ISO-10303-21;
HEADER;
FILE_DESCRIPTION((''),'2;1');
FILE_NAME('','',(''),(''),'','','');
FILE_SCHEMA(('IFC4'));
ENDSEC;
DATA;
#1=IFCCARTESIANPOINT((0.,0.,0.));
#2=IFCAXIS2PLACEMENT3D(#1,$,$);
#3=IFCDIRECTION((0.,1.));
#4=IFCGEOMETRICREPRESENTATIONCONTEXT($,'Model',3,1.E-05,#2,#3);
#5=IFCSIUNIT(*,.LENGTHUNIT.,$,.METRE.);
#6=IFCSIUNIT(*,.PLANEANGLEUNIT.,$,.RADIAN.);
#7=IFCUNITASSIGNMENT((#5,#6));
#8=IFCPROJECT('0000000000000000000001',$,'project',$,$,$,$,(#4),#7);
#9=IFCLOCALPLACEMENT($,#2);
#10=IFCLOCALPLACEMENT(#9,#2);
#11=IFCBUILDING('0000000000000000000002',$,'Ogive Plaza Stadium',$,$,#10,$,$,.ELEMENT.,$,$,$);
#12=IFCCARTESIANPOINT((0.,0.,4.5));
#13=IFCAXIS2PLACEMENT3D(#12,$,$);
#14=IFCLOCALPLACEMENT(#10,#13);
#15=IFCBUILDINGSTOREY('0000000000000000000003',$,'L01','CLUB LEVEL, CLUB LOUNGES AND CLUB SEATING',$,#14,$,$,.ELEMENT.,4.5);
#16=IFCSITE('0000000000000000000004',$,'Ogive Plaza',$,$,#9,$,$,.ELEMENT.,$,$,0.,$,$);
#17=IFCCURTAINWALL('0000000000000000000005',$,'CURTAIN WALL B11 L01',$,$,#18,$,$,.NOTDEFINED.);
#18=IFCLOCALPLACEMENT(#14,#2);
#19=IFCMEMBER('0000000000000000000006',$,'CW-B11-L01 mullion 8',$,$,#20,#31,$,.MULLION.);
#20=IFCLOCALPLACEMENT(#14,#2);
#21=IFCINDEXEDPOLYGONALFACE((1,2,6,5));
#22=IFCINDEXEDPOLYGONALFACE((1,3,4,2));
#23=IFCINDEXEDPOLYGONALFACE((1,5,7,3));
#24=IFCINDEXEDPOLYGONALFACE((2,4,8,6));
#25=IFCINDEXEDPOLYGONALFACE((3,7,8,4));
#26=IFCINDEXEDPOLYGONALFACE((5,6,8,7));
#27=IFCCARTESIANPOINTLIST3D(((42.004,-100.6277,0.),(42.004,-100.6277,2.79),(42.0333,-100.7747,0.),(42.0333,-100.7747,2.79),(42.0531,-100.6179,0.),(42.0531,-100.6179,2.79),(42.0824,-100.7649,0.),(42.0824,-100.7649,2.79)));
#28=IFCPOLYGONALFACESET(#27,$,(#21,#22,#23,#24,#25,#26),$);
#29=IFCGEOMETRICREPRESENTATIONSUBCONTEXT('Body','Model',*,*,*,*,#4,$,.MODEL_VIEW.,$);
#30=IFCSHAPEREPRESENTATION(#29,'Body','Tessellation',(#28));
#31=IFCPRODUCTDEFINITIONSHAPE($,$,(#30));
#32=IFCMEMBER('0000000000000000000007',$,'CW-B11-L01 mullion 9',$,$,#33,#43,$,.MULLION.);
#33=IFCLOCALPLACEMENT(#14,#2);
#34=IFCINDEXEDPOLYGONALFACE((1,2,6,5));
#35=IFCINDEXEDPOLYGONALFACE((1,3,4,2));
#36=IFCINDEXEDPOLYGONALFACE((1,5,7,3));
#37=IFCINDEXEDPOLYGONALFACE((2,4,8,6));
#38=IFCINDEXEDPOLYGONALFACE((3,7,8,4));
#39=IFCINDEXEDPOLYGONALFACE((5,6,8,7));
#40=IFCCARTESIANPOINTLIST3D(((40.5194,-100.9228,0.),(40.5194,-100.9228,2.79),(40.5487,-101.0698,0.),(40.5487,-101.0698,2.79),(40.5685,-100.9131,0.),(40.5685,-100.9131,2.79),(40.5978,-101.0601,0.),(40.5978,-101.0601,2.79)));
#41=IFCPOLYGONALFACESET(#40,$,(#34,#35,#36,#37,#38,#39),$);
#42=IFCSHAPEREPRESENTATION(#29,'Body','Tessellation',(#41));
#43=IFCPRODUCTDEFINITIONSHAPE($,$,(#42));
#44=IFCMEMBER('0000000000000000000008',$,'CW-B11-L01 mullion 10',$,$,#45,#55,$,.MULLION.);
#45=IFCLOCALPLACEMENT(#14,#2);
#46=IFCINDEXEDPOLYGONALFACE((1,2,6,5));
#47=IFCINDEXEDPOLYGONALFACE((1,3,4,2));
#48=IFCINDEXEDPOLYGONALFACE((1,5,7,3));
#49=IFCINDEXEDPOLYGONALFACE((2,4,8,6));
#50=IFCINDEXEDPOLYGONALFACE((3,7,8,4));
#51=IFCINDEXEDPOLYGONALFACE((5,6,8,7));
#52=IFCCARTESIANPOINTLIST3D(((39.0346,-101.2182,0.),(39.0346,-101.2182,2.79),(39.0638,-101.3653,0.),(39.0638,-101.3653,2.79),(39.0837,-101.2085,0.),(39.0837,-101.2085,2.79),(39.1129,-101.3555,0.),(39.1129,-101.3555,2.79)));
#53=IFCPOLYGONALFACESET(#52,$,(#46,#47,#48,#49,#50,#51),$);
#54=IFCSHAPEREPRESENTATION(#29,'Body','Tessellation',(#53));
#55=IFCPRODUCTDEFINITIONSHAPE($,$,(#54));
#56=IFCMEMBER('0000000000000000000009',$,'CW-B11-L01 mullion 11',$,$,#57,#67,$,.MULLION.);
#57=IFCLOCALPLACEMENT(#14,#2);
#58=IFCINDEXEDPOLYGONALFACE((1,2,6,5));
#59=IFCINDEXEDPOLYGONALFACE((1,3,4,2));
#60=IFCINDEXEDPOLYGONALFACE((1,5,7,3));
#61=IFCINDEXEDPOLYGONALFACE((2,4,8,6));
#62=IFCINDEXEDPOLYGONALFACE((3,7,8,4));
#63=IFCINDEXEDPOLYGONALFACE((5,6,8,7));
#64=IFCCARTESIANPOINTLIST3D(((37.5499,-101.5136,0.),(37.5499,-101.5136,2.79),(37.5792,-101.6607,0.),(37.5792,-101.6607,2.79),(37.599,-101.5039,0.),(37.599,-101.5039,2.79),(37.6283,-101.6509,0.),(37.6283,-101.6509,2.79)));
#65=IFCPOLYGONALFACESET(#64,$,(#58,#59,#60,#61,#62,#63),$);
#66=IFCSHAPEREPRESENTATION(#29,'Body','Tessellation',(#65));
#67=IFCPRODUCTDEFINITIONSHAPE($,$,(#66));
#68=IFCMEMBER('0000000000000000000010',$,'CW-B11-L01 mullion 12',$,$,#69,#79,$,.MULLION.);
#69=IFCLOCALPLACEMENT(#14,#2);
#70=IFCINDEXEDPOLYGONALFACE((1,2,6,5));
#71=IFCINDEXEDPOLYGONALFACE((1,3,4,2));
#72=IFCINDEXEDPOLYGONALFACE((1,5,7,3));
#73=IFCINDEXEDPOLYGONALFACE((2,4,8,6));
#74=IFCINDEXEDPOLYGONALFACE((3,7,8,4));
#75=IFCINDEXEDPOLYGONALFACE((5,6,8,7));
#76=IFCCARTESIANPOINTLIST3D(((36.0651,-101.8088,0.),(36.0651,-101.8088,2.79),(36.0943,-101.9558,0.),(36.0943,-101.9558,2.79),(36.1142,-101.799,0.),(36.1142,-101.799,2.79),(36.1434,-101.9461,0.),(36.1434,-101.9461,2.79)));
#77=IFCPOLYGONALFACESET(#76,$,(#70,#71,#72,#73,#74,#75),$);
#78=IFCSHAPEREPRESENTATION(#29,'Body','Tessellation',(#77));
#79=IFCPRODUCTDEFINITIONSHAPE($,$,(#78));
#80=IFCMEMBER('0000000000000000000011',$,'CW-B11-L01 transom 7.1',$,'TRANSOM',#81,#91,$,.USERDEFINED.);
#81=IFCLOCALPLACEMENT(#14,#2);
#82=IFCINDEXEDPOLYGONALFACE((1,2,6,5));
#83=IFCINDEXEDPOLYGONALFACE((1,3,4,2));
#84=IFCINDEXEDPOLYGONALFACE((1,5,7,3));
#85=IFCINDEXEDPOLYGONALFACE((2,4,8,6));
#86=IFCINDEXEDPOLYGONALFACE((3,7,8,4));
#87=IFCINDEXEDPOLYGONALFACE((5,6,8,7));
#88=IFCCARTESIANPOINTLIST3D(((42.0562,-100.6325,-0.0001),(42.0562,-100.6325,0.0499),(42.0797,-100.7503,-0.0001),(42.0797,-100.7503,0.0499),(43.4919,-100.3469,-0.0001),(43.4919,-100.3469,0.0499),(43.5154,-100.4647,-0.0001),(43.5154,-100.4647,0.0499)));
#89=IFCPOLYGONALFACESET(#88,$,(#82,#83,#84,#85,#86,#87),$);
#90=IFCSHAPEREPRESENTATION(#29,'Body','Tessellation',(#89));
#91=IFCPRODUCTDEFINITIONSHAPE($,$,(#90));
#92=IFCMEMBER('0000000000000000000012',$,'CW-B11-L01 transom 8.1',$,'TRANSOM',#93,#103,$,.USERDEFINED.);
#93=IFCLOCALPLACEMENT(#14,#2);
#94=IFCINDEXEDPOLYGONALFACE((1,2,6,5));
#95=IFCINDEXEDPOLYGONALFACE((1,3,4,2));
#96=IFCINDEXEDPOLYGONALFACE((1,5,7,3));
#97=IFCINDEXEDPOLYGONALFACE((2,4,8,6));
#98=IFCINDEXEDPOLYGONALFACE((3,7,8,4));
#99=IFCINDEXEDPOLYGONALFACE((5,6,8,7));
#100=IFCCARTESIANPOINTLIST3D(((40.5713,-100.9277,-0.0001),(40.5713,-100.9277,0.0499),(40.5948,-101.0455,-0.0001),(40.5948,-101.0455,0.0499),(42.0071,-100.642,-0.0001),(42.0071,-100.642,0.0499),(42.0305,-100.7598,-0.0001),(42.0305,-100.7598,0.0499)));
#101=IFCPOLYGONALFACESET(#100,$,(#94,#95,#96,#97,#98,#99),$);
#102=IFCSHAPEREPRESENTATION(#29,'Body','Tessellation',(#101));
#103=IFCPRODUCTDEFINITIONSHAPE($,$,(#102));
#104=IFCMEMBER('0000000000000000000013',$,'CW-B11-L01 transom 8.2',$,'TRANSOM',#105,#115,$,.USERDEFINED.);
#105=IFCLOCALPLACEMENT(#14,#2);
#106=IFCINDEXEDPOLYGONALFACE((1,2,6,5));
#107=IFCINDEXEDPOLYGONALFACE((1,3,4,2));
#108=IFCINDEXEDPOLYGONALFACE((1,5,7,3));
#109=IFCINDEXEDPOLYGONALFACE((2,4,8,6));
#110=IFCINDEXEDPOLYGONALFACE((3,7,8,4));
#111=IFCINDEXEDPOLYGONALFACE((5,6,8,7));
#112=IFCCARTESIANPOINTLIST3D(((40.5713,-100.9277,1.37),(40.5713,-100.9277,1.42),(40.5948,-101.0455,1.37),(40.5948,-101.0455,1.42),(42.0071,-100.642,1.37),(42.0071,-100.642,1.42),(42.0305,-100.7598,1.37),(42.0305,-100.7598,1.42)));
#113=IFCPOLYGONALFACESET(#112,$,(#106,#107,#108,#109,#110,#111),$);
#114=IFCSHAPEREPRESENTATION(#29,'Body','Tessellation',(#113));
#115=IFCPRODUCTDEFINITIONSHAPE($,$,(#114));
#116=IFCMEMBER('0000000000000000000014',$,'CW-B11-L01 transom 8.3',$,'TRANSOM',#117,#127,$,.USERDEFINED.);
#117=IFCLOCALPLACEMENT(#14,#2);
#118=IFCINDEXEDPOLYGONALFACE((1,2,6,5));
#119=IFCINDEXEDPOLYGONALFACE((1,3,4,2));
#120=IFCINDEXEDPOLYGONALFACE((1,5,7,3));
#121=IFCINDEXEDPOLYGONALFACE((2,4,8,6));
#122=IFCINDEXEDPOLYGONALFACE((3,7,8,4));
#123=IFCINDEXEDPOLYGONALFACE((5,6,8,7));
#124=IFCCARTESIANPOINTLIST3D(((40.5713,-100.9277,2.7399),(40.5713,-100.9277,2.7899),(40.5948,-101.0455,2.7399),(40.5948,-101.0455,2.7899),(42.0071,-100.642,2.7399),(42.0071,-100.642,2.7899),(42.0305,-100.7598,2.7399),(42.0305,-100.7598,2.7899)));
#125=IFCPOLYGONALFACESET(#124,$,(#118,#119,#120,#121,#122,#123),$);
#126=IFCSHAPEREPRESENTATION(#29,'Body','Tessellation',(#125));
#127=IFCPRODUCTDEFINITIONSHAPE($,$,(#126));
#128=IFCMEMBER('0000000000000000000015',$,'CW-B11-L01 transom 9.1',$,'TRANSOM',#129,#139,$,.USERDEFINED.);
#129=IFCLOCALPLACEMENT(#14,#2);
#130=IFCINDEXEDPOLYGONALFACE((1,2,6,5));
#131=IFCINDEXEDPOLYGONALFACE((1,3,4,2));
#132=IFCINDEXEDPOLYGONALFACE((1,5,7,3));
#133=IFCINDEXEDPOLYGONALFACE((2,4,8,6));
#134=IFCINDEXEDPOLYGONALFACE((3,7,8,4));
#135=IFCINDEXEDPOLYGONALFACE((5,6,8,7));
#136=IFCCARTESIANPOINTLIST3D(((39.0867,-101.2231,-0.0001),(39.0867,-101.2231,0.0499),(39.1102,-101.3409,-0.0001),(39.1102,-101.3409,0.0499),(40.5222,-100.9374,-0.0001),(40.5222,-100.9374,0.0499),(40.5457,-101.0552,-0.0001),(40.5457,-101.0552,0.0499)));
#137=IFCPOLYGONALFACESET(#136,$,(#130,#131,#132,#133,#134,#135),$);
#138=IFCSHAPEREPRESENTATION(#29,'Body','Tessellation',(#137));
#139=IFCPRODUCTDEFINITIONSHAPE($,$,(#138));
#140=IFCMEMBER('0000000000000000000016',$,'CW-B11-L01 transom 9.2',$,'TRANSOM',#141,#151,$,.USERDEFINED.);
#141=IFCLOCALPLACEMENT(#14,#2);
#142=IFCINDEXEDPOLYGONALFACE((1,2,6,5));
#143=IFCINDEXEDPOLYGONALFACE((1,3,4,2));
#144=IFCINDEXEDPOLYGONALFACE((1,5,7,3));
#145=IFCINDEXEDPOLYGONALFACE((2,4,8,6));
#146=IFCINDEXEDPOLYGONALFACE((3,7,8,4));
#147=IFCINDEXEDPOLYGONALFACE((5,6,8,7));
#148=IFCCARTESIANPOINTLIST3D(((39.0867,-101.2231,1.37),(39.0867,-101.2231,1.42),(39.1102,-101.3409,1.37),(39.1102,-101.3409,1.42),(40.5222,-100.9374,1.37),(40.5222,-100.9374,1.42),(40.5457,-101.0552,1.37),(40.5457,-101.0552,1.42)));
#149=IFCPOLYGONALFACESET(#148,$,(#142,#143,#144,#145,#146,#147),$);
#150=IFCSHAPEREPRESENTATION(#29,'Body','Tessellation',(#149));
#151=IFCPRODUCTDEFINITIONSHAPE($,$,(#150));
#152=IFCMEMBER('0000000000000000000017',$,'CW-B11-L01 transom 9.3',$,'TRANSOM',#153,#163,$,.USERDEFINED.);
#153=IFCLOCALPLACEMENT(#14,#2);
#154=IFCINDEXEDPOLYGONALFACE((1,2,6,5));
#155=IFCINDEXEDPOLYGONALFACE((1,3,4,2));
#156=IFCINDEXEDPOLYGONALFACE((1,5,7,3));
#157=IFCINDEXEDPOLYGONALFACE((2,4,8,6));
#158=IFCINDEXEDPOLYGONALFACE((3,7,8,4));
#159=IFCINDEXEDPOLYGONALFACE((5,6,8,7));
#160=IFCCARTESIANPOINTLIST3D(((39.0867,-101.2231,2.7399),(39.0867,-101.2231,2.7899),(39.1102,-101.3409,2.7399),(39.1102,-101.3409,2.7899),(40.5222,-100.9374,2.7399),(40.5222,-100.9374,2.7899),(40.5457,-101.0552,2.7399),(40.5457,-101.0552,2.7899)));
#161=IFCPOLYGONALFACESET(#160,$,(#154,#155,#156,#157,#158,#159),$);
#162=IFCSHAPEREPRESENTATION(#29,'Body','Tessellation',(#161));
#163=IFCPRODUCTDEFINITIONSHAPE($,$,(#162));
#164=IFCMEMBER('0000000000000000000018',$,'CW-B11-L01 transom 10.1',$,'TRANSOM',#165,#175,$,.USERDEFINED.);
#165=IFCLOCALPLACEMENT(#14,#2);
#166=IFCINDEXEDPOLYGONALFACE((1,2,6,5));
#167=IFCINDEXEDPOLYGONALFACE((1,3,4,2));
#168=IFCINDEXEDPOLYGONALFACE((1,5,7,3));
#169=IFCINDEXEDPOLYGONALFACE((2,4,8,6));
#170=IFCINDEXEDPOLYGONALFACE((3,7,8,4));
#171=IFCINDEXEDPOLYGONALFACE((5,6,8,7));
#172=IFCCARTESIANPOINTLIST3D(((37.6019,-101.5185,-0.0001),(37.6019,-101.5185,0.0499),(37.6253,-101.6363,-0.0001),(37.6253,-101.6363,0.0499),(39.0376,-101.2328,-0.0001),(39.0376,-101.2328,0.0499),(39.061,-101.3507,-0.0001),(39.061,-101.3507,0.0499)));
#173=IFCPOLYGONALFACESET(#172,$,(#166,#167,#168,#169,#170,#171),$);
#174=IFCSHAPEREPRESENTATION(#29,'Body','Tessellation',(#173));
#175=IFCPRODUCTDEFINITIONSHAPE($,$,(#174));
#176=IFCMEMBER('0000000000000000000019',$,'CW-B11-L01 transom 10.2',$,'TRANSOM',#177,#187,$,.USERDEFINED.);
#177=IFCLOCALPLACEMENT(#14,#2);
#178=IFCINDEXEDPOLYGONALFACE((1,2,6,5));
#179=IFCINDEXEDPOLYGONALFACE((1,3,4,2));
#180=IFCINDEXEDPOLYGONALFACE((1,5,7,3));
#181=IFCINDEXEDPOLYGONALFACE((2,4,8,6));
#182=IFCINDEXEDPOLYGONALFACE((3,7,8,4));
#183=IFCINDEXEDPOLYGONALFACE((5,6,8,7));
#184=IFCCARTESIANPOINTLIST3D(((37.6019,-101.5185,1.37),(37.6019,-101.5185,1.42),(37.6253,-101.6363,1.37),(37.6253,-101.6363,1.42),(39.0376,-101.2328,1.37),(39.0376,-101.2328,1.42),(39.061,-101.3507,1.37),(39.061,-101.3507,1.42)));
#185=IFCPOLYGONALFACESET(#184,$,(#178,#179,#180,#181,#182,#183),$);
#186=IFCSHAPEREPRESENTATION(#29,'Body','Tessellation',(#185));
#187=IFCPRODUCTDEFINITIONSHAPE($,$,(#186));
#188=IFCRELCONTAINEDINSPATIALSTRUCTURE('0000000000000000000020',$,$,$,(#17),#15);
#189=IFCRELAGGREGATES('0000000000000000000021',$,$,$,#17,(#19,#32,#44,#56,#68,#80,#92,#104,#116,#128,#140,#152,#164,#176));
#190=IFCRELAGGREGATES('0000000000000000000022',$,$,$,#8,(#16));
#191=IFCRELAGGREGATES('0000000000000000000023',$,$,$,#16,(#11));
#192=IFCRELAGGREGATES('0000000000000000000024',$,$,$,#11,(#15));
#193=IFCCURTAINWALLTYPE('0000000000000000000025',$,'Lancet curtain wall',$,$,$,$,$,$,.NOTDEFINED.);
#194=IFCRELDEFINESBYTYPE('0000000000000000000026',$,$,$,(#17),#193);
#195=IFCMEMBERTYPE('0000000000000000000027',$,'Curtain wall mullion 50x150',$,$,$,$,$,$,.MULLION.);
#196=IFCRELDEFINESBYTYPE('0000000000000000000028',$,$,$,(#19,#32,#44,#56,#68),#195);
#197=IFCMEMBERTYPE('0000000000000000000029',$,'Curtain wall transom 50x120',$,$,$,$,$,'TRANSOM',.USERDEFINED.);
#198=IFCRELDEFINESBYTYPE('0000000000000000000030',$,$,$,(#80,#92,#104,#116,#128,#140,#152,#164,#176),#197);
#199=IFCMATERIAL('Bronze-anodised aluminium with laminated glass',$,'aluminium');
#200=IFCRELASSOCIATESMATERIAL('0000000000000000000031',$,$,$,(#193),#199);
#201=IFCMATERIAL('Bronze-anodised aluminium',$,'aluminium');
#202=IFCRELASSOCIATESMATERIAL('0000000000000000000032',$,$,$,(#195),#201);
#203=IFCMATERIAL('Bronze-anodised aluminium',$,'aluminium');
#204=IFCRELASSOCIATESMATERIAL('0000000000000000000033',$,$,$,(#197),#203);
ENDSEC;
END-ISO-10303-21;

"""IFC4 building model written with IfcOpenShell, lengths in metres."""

from ifc_helpers import new_model, si_unit, direction, frame, origin, origin_2d, place, context, subcontext, project, spatial, rectangle, extrude, material, material_profile, profile_set, type_object, element, aggregate, save


model = new_model("IFC4")

# Units and contexts
model_context = context("Model", 3, precision=1e-05, world=origin(), true_north=direction((0.0, 1.0)))
body_context = subcontext(model_context, "Body", "Model", "MODEL_VIEW")
ifc_project = project(units=[si_unit("LENGTHUNIT", "METRE"), si_unit("PLANEANGLEUNIT", "RADIAN")], contexts=[model_context])

# Site, building, storey
site_placement = place(None, origin())
site = spatial("IfcSite", under=ifc_project, at=site_placement, Name="Ogive Plaza", CompositionType="ELEMENT", RefElevation=0.0)
building_placement = place(site_placement, origin())
building = spatial("IfcBuilding", under=site, at=building_placement, Name="Ogive Plaza Stadium", CompositionType="ELEMENT")
storey_placement = place(building_placement, frame((0.0, 0.0, 4.5)))
storey = spatial("IfcBuildingStorey", under=building, at=storey_placement, Name="L01", Description="CLUB LEVEL, CLUB LOUNGES AND CLUB SEATING", CompositionType="ELEMENT", Elevation=4.5)

# Curtain wall, members
ifc_material_1 = material(Name="Bronze-anodised aluminium with laminated glass", Category="aluminium")
curtain_wall_type = type_object("IfcCurtainWallType", Name="Lancet curtain wall", PredefinedType="NOTDEFINED", material=ifc_material_1)
curtain_wall_placement = place(storey_placement, origin())
curtain_wall = element("IfcCurtainWall", 1, at=curtain_wall_placement, inside=storey, type_object=curtain_wall_type, Name="CURTAIN WALL B11 L01", PredefinedType="NOTDEFINED")
ifc_material_2 = material(Name="Bronze-anodised aluminium", Category="aluminium")
ifc_material_profile_1 = material_profile(ifc_material_2, rectangle(XDim=0.1499, YDim=0.05, at=origin_2d()), Name="AL 150x50")
ifc_profile_set_1 = profile_set([ifc_material_profile_1], Name="Bronze-anodised aluminium")
member_type_1 = type_object("IfcMemberType", Name="Curtain wall mullion 50x150", PredefinedType="MULLION", material=ifc_profile_set_1)
member_1_placement = place(storey_placement, frame((42.0432, -100.6963, 0.0), z_axis=(0.0, 0.0, 1.0), x_axis=(0.19509, -0.980785, 0.0)))
member_1 = element("IfcMember", 2, at=member_1_placement, type_object=member_type_1, Name="CW-B11-L01 mullion 8", PredefinedType="MULLION", context=body_context, shape_type="SweptSolid", body=[
    extrude(rectangle(XDim=0.1499, YDim=0.05, at=origin_2d()), origin(), (0.0, 0.0, 1.0), 2.79),
])
member_2_placement = place(storey_placement, frame((40.5586, -100.9915, 0.0), z_axis=(0.0, 0.0, 1.0), x_axis=(0.19509, -0.980785, 0.0)))
member_2 = element("IfcMember", 3, at=member_2_placement, type_object=member_type_1, Name="CW-B11-L01 mullion 9", PredefinedType="MULLION", context=body_context, shape_type="SweptSolid", body=[
    extrude(rectangle(XDim=0.1499, YDim=0.05, at=origin_2d()), origin(), (0.0, 0.0, 1.0), 2.79),
])
member_3_placement = place(storey_placement, frame((39.0737, -101.2869, 0.0), z_axis=(0.0, 0.0, 1.0), x_axis=(0.19509, -0.980785, 0.0)))
member_3 = element("IfcMember", 4, at=member_3_placement, type_object=member_type_1, Name="CW-B11-L01 mullion 10", PredefinedType="MULLION", context=body_context, shape_type="SweptSolid", body=[
    extrude(rectangle(XDim=0.1499, YDim=0.05, at=origin_2d()), origin(), (0.0, 0.0, 1.0), 2.79),
])
member_4_placement = place(storey_placement, frame((37.5891, -101.5823, 0.0), z_axis=(0.0, 0.0, 1.0), x_axis=(0.19509, -0.980785, 0.0)))
member_4 = element("IfcMember", 5, at=member_4_placement, type_object=member_type_1, Name="CW-B11-L01 mullion 11", PredefinedType="MULLION", context=body_context, shape_type="SweptSolid", body=[
    extrude(rectangle(XDim=0.1499, YDim=0.05, at=origin_2d()), origin(), (0.0, 0.0, 1.0), 2.79),
])
member_5_placement = place(storey_placement, frame((36.1042, -101.8774, 0.0), z_axis=(0.0, 0.0, 1.0), x_axis=(0.19509, -0.980785, 0.0)))
member_5 = element("IfcMember", 6, at=member_5_placement, type_object=member_type_1, Name="CW-B11-L01 mullion 12", PredefinedType="MULLION", context=body_context, shape_type="SweptSolid", body=[
    extrude(rectangle(XDim=0.1499, YDim=0.05, at=origin_2d()), origin(), (0.0, 0.0, 1.0), 2.79),
])
ifc_material_3 = material(Name="Bronze-anodised aluminium", Category="aluminium")
ifc_material_profile_2 = material_profile(ifc_material_3, rectangle(XDim=0.1201, YDim=0.05, at=origin_2d()), Name="AL 120x50")
ifc_profile_set_2 = profile_set([ifc_material_profile_2], Name="Bronze-anodised aluminium")
member_type_2 = type_object("IfcMemberType", Name="Curtain wall transom 50x120", ElementType="TRANSOM", PredefinedType="USERDEFINED", material=ifc_profile_set_2)
member_6_placement = place(storey_placement, frame((43.5037, -100.4058, 0.0249), z_axis=(-0.980779, -0.195122, 0.0), x_axis=(0.195122, -0.980779, 0.0)))
member_6 = element("IfcMember", 7, at=member_6_placement, type_object=member_type_2, Name="CW-B11-L01 transom 7.1", ObjectType="TRANSOM", PredefinedType="USERDEFINED", context=body_context, shape_type="SweptSolid", body=[
    extrude(rectangle(XDim=0.1201, YDim=0.05, at=origin_2d()), origin(), (0.0, 0.0, 1.0), 1.4639),
])
member_7_placement = place(storey_placement, frame((42.0188, -100.7009, 0.0249), z_axis=(-0.980779, -0.195122, 0.0), x_axis=(0.195122, -0.980779, 0.0)))
member_7 = element("IfcMember", 8, at=member_7_placement, type_object=member_type_2, Name="CW-B11-L01 transom 8.1", ObjectType="TRANSOM", PredefinedType="USERDEFINED", context=body_context, shape_type="SweptSolid", body=[
    extrude(rectangle(XDim=0.1201, YDim=0.05, at=origin_2d()), origin(), (0.0, 0.0, 1.0), 1.4639),
])
member_8_placement = place(storey_placement, frame((42.0188, -100.7009, 1.395), z_axis=(-0.980779, -0.195122, 0.0), x_axis=(0.195122, -0.980779, 0.0)))
member_8 = element("IfcMember", 9, at=member_8_placement, type_object=member_type_2, Name="CW-B11-L01 transom 8.2", ObjectType="TRANSOM", PredefinedType="USERDEFINED", context=body_context, shape_type="SweptSolid", body=[
    extrude(rectangle(XDim=0.1201, YDim=0.05, at=origin_2d()), origin(), (0.0, 0.0, 1.0), 1.4639),
])
member_9_placement = place(storey_placement, frame((42.0188, -100.7009, 2.7649), z_axis=(-0.980779, -0.195122, 0.0), x_axis=(0.195122, -0.980779, 0.0)))
member_9 = element("IfcMember", 10, at=member_9_placement, type_object=member_type_2, Name="CW-B11-L01 transom 8.3", ObjectType="TRANSOM", PredefinedType="USERDEFINED", context=body_context, shape_type="SweptSolid", body=[
    extrude(rectangle(XDim=0.1201, YDim=0.05, at=origin_2d()), origin(), (0.0, 0.0, 1.0), 1.4639),
])
member_10_placement = place(storey_placement, frame((40.5339, -100.9963, 0.0249), z_axis=(-0.980773, -0.195154, 0.0), x_axis=(0.195154, -0.980773, 0.0)))
member_10 = element("IfcMember", 11, at=member_10_placement, type_object=member_type_2, Name="CW-B11-L01 transom 9.1", ObjectType="TRANSOM", PredefinedType="USERDEFINED", context=body_context, shape_type="SweptSolid", body=[
    extrude(rectangle(XDim=0.1201, YDim=0.05, at=origin_2d()), origin(), (0.0, 0.0, 1.0), 1.4636),
])
member_11_placement = place(storey_placement, frame((40.5339, -100.9963, 1.395), z_axis=(-0.980773, -0.195154, 0.0), x_axis=(0.195154, -0.980773, 0.0)))
member_11 = element("IfcMember", 12, at=member_11_placement, type_object=member_type_2, Name="CW-B11-L01 transom 9.2", ObjectType="TRANSOM", PredefinedType="USERDEFINED", context=body_context, shape_type="SweptSolid", body=[
    extrude(rectangle(XDim=0.1201, YDim=0.05, at=origin_2d()), origin(), (0.0, 0.0, 1.0), 1.4636),
])
member_12_placement = place(storey_placement, frame((40.5339, -100.9963, 2.7649), z_axis=(-0.980773, -0.195154, 0.0), x_axis=(0.195154, -0.980773, 0.0)))
member_12 = element("IfcMember", 13, at=member_12_placement, type_object=member_type_2, Name="CW-B11-L01 transom 9.3", ObjectType="TRANSOM", PredefinedType="USERDEFINED", context=body_context, shape_type="SweptSolid", body=[
    extrude(rectangle(XDim=0.1201, YDim=0.05, at=origin_2d()), origin(), (0.0, 0.0, 1.0), 1.4636),
])
member_13_placement = place(storey_placement, frame((39.0493, -101.2917, 0.0249), z_axis=(-0.980779, -0.195122, 0.0), x_axis=(0.195122, -0.980779, 0.0)))
member_13 = element("IfcMember", 14, at=member_13_placement, type_object=member_type_2, Name="CW-B11-L01 transom 10.1", ObjectType="TRANSOM", PredefinedType="USERDEFINED", context=body_context, shape_type="SweptSolid", body=[
    extrude(rectangle(XDim=0.1201, YDim=0.05, at=origin_2d()), origin(), (0.0, 0.0, 1.0), 1.4639),
])
member_14_placement = place(storey_placement, frame((39.0493, -101.2917, 1.395), z_axis=(-0.980779, -0.195122, 0.0), x_axis=(0.195122, -0.980779, 0.0)))
member_14 = element("IfcMember", 15, at=member_14_placement, type_object=member_type_2, Name="CW-B11-L01 transom 10.2", ObjectType="TRANSOM", PredefinedType="USERDEFINED", context=body_context, shape_type="SweptSolid", body=[
    extrude(rectangle(XDim=0.1201, YDim=0.05, at=origin_2d()), origin(), (0.0, 0.0, 1.0), 1.4639),
])
aggregate(curtain_wall, [member_1, member_2, member_3, member_4, member_5, member_6, member_7, member_8, member_9, member_10, member_11, member_12, member_13, member_14])

save(model, "model.ifc")
